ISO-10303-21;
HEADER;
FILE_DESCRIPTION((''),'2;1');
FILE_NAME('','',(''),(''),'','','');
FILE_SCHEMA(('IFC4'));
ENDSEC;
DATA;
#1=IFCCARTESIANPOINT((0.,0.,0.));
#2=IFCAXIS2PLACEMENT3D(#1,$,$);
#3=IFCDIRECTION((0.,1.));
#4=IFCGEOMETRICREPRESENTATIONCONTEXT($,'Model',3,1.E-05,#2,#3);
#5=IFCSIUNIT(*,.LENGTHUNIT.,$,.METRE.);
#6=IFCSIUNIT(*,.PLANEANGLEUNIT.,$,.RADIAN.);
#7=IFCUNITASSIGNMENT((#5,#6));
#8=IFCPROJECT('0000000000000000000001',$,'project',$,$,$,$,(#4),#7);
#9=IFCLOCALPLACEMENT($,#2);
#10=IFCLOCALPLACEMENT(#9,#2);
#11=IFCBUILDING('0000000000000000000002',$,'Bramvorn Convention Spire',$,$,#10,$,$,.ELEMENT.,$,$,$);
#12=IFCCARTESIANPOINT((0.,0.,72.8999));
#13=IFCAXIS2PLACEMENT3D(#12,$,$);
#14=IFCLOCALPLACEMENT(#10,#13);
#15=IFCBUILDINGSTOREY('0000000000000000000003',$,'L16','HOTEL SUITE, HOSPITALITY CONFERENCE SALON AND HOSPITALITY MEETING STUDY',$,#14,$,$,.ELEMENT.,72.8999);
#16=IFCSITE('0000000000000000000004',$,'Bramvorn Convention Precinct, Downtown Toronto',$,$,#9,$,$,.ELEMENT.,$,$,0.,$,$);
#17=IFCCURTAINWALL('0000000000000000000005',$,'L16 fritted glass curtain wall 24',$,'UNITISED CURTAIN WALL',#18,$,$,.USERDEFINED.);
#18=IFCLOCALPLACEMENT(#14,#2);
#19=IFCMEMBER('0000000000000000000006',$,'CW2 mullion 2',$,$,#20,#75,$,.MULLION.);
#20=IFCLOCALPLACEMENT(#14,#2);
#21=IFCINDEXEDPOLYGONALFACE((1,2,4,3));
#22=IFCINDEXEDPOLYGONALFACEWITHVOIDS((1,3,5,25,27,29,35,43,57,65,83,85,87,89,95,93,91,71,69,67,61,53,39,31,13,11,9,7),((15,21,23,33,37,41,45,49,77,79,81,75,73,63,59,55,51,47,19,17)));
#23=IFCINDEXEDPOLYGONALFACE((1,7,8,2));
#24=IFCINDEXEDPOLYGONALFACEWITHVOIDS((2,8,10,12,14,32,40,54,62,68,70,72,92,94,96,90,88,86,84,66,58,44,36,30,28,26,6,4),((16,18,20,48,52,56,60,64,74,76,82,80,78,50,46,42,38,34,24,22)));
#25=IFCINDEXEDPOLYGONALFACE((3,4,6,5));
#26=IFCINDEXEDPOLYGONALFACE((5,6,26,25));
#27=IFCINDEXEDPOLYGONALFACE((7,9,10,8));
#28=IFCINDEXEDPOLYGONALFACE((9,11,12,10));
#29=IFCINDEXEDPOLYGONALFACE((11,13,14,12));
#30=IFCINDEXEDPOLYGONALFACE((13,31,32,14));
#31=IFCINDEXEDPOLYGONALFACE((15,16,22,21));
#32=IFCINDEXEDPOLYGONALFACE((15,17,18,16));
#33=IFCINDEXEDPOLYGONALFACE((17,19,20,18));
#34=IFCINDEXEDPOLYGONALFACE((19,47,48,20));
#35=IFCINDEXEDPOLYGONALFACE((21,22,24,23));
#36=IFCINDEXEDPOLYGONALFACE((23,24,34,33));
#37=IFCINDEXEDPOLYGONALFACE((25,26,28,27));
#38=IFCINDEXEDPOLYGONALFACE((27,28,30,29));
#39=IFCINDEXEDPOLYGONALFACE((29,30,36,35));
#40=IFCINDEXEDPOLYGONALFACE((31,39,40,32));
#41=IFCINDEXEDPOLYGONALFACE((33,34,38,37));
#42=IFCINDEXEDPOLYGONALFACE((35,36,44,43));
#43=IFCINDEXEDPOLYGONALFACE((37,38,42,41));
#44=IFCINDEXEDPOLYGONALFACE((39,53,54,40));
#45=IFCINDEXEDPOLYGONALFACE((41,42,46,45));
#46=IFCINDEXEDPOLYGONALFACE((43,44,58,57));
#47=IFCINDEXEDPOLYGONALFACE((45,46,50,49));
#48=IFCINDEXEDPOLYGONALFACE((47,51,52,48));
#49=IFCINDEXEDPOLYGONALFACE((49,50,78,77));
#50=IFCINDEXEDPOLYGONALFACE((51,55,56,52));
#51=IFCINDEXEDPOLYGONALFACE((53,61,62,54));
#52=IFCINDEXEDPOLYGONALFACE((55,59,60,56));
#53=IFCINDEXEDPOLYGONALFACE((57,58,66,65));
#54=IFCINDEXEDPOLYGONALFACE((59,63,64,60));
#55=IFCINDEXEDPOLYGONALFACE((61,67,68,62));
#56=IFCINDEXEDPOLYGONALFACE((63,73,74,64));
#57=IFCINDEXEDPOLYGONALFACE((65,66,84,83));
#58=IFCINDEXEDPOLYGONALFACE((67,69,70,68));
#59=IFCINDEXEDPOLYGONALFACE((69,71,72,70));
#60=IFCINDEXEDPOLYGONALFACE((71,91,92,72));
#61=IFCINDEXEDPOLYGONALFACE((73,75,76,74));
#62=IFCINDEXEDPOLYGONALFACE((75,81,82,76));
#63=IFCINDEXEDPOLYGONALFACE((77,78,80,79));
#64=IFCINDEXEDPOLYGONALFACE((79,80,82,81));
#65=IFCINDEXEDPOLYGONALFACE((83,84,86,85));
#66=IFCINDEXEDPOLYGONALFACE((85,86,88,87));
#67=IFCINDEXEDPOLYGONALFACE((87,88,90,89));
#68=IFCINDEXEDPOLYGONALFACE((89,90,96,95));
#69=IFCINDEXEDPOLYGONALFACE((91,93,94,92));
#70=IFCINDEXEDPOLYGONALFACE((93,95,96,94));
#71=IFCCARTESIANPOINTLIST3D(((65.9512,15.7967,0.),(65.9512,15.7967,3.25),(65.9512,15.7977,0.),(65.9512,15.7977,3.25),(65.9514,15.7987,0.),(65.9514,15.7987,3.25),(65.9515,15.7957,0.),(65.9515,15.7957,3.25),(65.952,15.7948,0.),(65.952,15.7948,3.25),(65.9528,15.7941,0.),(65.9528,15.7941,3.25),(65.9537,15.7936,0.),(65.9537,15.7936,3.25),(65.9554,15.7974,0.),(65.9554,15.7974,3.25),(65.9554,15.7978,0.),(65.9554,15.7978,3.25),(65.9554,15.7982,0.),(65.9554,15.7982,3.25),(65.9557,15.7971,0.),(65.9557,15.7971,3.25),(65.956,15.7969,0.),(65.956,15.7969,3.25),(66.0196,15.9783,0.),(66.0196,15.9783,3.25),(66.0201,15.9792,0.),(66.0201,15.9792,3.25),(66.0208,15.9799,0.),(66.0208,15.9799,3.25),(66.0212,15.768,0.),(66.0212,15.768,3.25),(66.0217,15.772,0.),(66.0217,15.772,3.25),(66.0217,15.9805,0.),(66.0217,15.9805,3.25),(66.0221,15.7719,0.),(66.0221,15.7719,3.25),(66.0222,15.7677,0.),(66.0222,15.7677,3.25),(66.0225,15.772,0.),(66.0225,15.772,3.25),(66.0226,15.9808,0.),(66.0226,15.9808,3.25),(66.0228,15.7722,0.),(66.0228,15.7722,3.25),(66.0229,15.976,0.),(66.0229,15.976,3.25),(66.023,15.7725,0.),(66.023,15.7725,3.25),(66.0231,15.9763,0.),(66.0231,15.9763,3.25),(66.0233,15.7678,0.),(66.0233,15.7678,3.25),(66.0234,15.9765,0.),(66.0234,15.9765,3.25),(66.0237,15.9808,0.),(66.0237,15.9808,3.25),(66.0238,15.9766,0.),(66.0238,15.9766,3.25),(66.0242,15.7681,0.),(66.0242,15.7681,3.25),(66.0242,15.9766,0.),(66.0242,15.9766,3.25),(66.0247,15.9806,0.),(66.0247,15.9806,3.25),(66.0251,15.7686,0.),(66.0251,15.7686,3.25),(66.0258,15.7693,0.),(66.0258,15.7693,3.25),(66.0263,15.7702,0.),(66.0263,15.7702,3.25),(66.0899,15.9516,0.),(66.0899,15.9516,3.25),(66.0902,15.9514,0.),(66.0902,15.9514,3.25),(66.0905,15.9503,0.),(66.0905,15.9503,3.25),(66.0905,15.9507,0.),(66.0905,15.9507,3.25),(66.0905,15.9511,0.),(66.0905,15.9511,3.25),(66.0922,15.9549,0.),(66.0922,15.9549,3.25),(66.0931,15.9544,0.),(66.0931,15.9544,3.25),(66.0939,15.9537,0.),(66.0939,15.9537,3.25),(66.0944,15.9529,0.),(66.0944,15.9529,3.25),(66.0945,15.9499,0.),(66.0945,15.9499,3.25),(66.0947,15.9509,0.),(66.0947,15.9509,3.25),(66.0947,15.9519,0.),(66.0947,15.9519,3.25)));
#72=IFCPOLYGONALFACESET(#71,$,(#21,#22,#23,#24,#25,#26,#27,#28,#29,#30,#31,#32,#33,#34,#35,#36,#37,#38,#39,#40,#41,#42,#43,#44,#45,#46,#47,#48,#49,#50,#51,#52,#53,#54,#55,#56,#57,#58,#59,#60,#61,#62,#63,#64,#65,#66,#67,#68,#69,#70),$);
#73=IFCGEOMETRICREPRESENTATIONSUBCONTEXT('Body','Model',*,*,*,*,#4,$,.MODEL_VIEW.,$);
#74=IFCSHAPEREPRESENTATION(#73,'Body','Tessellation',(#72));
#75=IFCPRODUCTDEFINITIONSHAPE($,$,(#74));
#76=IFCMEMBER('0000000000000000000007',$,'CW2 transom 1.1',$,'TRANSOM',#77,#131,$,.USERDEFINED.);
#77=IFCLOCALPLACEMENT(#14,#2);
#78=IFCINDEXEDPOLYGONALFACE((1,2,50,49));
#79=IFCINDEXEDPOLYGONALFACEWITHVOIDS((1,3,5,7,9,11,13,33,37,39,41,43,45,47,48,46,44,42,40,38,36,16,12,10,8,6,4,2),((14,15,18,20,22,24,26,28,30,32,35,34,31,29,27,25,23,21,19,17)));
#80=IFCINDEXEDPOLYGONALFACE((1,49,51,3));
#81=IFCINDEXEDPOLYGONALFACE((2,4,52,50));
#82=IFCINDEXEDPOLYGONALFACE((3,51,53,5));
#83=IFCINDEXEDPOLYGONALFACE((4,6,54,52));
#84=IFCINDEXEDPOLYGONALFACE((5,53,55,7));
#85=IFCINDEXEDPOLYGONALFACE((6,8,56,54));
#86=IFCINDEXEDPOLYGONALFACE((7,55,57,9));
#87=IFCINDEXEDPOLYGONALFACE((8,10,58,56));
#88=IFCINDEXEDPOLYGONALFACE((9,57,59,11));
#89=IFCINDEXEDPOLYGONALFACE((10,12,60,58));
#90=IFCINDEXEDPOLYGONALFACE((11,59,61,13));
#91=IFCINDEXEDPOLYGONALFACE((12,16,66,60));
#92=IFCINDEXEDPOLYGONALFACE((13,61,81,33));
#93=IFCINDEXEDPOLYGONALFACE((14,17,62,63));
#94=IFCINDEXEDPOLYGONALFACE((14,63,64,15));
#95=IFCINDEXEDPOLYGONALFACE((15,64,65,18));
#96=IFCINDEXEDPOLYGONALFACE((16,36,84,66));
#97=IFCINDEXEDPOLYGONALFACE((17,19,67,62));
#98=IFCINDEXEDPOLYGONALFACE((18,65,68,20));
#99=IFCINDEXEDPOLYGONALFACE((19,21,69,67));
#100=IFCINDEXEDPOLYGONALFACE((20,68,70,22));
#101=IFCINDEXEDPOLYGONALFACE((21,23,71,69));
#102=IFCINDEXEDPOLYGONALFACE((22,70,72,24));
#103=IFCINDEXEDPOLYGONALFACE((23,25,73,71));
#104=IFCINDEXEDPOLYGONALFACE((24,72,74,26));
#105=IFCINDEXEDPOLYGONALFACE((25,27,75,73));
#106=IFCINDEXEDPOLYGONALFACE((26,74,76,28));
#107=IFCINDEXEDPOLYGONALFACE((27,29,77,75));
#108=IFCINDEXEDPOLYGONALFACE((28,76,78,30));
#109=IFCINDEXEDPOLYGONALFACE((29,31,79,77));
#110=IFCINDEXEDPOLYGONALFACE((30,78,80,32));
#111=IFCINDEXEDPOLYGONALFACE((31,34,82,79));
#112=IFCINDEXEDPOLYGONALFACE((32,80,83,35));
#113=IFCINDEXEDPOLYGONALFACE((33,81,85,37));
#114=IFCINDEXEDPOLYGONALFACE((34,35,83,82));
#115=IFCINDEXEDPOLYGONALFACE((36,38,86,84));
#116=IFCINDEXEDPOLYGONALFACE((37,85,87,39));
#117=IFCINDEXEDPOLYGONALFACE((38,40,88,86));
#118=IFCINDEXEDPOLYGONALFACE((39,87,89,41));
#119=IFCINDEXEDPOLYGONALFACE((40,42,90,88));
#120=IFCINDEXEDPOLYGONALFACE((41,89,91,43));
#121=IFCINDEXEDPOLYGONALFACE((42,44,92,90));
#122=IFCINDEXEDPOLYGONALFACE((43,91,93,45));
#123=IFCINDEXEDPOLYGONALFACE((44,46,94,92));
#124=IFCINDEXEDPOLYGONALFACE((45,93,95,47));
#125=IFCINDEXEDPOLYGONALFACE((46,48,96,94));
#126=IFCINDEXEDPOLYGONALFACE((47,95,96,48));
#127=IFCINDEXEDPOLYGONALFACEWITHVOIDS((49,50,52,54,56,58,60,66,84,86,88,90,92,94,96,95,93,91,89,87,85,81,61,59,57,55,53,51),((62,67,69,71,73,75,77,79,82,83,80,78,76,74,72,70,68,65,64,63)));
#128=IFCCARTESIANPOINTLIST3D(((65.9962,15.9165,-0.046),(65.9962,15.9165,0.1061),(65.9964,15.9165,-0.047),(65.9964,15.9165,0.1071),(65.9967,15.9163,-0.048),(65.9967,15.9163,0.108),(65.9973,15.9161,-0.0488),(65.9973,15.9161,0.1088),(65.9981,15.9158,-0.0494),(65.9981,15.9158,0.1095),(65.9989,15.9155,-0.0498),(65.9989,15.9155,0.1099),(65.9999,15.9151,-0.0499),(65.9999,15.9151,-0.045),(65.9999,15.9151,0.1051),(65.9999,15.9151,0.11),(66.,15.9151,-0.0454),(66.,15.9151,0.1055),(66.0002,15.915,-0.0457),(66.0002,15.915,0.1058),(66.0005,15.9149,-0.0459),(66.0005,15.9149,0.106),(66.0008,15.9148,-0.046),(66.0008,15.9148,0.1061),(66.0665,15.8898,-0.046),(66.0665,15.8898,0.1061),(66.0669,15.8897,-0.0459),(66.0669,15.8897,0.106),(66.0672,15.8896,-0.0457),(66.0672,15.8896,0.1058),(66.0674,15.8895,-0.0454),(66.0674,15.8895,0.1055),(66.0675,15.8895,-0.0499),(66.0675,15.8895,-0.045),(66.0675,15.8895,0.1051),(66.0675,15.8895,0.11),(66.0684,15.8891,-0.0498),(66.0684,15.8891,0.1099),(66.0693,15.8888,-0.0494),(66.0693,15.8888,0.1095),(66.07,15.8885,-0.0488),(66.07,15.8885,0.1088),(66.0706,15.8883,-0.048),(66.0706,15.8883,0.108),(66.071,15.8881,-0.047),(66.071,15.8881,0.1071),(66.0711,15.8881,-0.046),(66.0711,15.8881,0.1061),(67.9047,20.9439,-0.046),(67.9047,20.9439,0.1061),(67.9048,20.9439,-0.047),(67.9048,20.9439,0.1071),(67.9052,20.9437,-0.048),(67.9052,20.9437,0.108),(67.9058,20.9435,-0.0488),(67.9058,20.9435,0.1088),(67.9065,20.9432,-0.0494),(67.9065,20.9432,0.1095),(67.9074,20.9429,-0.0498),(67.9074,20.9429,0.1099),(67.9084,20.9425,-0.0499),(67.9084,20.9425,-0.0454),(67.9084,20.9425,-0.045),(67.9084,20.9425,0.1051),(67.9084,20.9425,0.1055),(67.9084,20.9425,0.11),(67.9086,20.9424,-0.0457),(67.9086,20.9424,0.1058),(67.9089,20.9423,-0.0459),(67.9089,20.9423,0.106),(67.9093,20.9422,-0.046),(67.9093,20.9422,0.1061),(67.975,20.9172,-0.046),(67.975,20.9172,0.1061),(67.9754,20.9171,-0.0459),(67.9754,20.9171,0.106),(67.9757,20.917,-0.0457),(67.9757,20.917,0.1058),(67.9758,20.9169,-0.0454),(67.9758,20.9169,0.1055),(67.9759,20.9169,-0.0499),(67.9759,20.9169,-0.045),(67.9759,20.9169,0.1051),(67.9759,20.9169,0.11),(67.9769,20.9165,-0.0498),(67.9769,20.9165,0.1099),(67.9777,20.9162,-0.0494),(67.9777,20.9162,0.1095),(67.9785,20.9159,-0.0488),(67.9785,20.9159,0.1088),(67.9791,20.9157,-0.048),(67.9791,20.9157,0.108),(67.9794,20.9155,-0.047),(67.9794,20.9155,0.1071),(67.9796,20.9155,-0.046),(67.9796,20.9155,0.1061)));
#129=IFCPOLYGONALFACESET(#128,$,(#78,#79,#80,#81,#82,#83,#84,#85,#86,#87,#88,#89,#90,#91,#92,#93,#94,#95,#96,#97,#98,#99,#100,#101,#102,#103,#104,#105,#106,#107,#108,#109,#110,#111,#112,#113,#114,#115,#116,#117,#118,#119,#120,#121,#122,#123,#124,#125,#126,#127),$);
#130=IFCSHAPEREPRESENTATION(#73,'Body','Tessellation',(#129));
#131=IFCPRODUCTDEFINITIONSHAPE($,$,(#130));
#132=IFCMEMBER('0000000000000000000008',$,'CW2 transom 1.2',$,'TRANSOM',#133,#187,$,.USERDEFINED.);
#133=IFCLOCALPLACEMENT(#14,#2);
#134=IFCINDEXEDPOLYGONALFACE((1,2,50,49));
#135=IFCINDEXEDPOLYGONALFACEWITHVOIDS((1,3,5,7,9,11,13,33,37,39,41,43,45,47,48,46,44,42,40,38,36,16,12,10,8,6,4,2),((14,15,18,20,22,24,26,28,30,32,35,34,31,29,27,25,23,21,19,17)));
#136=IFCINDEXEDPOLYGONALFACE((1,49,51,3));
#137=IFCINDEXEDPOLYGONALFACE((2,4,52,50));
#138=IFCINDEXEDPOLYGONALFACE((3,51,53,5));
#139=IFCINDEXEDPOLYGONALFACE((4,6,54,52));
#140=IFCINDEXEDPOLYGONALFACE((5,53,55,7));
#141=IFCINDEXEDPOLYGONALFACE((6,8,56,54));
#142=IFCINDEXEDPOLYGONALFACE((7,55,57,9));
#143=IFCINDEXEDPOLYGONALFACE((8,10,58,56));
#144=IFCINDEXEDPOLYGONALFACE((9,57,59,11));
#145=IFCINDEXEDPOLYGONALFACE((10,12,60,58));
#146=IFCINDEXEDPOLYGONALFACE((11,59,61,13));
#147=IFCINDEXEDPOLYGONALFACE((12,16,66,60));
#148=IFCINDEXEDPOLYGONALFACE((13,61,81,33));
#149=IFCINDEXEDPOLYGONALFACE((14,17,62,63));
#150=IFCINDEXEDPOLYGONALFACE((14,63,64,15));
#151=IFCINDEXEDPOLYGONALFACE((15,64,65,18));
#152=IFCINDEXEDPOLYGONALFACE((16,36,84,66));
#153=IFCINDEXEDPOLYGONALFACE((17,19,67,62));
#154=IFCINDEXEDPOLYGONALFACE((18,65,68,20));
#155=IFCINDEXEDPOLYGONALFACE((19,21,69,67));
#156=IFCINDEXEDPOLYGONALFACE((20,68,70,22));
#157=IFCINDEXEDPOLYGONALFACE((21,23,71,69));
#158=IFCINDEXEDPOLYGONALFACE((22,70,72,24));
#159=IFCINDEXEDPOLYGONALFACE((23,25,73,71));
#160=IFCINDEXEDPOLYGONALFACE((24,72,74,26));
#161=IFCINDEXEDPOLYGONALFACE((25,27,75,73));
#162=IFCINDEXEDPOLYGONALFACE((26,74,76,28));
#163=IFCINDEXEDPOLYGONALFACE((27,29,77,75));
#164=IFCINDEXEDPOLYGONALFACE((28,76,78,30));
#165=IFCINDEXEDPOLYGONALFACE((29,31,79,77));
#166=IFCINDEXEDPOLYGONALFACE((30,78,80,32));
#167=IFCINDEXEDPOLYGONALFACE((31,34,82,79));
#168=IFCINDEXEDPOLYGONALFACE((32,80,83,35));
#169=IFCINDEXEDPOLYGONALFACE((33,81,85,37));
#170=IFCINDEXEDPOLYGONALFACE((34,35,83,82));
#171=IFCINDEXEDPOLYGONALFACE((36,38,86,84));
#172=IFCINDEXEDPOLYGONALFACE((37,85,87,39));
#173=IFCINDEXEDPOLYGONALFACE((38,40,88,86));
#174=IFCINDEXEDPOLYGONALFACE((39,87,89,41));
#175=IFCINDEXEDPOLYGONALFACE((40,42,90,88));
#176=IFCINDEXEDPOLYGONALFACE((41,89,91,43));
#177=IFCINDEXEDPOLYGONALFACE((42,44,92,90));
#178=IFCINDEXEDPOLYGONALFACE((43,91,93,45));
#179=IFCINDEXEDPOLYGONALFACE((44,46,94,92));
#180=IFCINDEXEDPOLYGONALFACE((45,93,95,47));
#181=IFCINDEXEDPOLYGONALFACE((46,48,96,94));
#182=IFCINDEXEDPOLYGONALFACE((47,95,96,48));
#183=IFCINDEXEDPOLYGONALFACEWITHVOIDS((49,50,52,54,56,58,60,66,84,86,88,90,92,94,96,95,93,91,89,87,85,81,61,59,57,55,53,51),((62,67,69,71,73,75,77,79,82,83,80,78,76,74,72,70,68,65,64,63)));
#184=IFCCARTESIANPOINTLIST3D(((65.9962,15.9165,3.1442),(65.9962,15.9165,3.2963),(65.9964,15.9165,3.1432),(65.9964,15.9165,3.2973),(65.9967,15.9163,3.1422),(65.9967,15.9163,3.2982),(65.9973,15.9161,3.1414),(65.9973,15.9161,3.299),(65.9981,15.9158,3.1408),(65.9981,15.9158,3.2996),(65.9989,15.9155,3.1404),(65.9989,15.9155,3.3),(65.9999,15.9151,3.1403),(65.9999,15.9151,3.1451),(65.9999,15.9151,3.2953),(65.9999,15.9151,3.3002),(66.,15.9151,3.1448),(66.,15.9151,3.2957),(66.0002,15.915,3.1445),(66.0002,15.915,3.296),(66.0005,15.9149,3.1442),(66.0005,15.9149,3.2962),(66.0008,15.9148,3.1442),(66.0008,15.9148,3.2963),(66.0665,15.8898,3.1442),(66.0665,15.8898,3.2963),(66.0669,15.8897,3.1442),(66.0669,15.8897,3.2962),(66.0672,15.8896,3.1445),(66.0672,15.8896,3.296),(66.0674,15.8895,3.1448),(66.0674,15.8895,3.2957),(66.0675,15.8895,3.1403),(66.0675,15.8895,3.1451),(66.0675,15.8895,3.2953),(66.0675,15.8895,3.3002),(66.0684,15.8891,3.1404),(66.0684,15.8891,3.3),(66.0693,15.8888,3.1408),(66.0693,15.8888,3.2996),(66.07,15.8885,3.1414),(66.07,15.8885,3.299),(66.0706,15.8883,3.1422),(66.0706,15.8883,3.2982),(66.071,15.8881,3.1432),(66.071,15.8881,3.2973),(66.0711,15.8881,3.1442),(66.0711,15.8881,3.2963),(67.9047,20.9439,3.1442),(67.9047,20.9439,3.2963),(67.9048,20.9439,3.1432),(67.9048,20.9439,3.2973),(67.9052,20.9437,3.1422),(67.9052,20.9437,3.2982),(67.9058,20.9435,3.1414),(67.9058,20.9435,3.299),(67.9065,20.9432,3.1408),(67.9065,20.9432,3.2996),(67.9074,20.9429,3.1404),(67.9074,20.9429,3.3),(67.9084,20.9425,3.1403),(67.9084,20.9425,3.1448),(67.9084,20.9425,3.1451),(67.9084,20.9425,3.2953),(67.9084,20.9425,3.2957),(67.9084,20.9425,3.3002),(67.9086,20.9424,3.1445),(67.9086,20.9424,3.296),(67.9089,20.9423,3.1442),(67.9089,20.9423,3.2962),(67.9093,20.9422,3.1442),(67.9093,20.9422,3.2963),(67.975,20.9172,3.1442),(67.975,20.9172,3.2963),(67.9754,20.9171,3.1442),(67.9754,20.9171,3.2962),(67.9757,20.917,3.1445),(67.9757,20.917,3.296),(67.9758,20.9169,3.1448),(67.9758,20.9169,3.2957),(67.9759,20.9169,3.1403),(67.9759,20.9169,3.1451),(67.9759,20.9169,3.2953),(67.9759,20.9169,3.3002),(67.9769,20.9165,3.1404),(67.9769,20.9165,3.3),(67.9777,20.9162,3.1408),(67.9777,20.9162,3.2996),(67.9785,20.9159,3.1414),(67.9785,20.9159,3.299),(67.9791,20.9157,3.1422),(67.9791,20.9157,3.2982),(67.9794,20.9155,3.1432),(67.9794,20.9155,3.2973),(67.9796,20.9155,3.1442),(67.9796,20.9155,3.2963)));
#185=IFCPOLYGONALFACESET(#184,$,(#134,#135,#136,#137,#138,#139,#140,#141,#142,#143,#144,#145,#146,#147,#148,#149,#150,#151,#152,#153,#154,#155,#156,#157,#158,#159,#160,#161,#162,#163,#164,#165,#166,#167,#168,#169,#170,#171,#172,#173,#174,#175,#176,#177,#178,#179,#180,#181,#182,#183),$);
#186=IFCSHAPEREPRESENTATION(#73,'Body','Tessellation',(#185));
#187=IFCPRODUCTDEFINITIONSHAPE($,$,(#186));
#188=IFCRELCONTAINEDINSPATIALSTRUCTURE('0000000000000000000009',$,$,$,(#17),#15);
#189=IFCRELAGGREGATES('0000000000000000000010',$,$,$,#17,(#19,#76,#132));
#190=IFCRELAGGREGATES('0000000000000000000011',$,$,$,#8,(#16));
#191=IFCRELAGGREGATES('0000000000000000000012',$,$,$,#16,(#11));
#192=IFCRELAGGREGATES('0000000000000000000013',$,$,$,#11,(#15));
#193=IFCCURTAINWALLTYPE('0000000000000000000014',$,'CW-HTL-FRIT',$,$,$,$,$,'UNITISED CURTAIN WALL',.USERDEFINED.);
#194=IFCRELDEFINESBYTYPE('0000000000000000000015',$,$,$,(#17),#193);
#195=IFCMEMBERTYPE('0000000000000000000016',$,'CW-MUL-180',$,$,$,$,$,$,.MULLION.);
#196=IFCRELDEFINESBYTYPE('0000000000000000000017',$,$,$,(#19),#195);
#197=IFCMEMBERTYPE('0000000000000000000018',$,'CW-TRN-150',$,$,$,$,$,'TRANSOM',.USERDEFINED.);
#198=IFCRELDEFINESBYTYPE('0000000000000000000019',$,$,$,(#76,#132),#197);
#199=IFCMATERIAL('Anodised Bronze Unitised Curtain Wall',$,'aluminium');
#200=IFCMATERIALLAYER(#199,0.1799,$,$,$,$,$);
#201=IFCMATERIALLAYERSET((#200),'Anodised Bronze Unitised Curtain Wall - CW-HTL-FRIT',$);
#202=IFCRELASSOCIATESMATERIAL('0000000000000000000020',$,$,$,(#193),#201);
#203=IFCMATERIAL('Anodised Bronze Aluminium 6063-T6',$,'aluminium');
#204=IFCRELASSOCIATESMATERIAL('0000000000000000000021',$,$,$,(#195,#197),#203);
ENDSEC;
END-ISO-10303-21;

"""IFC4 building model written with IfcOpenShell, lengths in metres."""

from ifc_helpers import new_model, si_unit, direction, frame, origin, origin_2d, place, context, subcontext, project, spatial, hollow_rectangle, extrude, material, layer, layer_set, material_profile, profile_set, type_object, element, aggregate, save


model = new_model("IFC4")

# Units and contexts
model_context = context("Model", 3, precision=1e-05, world=origin(), true_north=direction((0.0, 1.0)))
body_context = subcontext(model_context, "Body", "Model", "MODEL_VIEW")
ifc_project = project(units=[si_unit("LENGTHUNIT", "METRE"), si_unit("PLANEANGLEUNIT", "RADIAN")], contexts=[model_context])

# Site, building, storey
site_placement = place(None, origin())
site = spatial("IfcSite", under=ifc_project, at=site_placement, Name="Bramvorn Convention Precinct, Downtown Toronto", CompositionType="ELEMENT", RefElevation=0.0)
building_placement = place(site_placement, origin())
building = spatial("IfcBuilding", under=site, at=building_placement, Name="Bramvorn Convention Spire", CompositionType="ELEMENT")
storey_placement = place(building_placement, frame((0.0, 0.0, 72.8999)))
storey = spatial("IfcBuildingStorey", under=building, at=storey_placement, Name="L16", Description="HOTEL SUITE, HOSPITALITY CONFERENCE SALON AND HOSPITALITY MEETING STUDY", CompositionType="ELEMENT", Elevation=72.8999)

# Shared definitions
ifc_material_1 = material(Name="Anodised Bronze Unitised Curtain Wall", Category="aluminium")
ifc_layer_1 = layer(ifc_material_1, 0.1799)
ifc_layer_set_1 = layer_set([ifc_layer_1], Name="Anodised Bronze Unitised Curtain Wall - CW-HTL-FRIT")
curtain_wall_type = type_object("IfcCurtainWallType", Name="CW-HTL-FRIT", ElementType="UNITISED CURTAIN WALL", PredefinedType="USERDEFINED", material=ifc_layer_set_1)
ifc_material_2 = material(Name="Anodised Bronze Aluminium 6063-T6", Category="aluminium")
ifc_material_profile_1 = material_profile(ifc_material_2, hollow_rectangle(XDim=0.0801, YDim=0.2, WallThickness=0.0039, InnerFilletRadius=0.001, OuterFilletRadius=0.0039, at=origin_2d()))
ifc_profile_set_1 = profile_set([ifc_material_profile_1], Name="Anodised Bronze Aluminium 6063-T6 - CWM80X200")
member_type_1 = type_object("IfcMemberType", Name="CW-MUL-180", PredefinedType="MULLION", material=ifc_profile_set_1)

# Curtain wall, members
curtain_wall_1_placement = place(storey_placement, origin())
curtain_wall_1 = element("IfcCurtainWall", 1, at=curtain_wall_1_placement, inside=storey, type_object=curtain_wall_type, Name="L16 fritted glass curtain wall 24", ObjectType="UNITISED CURTAIN WALL", PredefinedType="USERDEFINED")
member_1_placement = place(storey_placement, frame((66.0229, 15.8743, 0.0), z_axis=(0.0, 0.0, 1.0), x_axis=(0.934901, -0.354908, 0.0)))
member_1 = element("IfcMember", 2, at=member_1_placement, type_object=member_type_1, Name="CW2 mullion 2", PredefinedType="MULLION", context=body_context, shape_type="SweptSolid", body=[
    extrude(hollow_rectangle(XDim=0.0801, YDim=0.2, WallThickness=0.0039, InnerFilletRadius=0.001, OuterFilletRadius=0.0039, at=origin_2d()), origin(), (0.0, 0.0, 1.0), 3.25),
])
ifc_material_profile_2 = material_profile(ifc_material_2, hollow_rectangle(XDim=0.0801, YDim=0.1599, WallThickness=0.0039, InnerFilletRadius=0.001, OuterFilletRadius=0.0039, at=origin_2d()))
ifc_profile_set_2 = profile_set([ifc_material_profile_2], Name="Anodised Bronze Aluminium 6063-T6 - CWT80X160")
member_type_2 = type_object("IfcMemberType", Name="CW-TRN-150", ElementType="TRANSOM", PredefinedType="USERDEFINED", material=ifc_profile_set_2)
member_2_placement = place(storey_placement, frame((67.9421, 20.9297, 0.03), z_axis=(-0.354902, -0.934904, 0.0), x_axis=(0.934904, -0.354902, 0.0)))
member_2 = element("IfcMember", 3, at=member_2_placement, type_object=member_type_2, Name="CW2 transom 1.1", ObjectType="TRANSOM", PredefinedType="USERDEFINED", context=body_context, shape_type="SweptSolid", body=[
    extrude(hollow_rectangle(XDim=0.0801, YDim=0.1599, WallThickness=0.0039, InnerFilletRadius=0.001, OuterFilletRadius=0.0039, at=origin_2d()), origin(), (0.0, 0.0, 1.0), 5.3774),
])
member_3_placement = place(storey_placement, frame((67.9421, 20.9297, 3.2202), z_axis=(-0.354902, -0.934904, 0.0), x_axis=(0.934904, -0.354902, 0.0)))
member_3 = element("IfcMember", 4, at=member_3_placement, type_object=member_type_2, Name="CW2 transom 1.2", ObjectType="TRANSOM", PredefinedType="USERDEFINED", context=body_context, shape_type="SweptSolid", body=[
    extrude(hollow_rectangle(XDim=0.0801, YDim=0.1599, WallThickness=0.0039, InnerFilletRadius=0.001, OuterFilletRadius=0.0039, at=origin_2d()), origin(), (0.0, 0.0, 1.0), 5.3774),
])

aggregate(curtain_wall_1, [member_1, member_2, member_3])

save(model, "model.ifc")
